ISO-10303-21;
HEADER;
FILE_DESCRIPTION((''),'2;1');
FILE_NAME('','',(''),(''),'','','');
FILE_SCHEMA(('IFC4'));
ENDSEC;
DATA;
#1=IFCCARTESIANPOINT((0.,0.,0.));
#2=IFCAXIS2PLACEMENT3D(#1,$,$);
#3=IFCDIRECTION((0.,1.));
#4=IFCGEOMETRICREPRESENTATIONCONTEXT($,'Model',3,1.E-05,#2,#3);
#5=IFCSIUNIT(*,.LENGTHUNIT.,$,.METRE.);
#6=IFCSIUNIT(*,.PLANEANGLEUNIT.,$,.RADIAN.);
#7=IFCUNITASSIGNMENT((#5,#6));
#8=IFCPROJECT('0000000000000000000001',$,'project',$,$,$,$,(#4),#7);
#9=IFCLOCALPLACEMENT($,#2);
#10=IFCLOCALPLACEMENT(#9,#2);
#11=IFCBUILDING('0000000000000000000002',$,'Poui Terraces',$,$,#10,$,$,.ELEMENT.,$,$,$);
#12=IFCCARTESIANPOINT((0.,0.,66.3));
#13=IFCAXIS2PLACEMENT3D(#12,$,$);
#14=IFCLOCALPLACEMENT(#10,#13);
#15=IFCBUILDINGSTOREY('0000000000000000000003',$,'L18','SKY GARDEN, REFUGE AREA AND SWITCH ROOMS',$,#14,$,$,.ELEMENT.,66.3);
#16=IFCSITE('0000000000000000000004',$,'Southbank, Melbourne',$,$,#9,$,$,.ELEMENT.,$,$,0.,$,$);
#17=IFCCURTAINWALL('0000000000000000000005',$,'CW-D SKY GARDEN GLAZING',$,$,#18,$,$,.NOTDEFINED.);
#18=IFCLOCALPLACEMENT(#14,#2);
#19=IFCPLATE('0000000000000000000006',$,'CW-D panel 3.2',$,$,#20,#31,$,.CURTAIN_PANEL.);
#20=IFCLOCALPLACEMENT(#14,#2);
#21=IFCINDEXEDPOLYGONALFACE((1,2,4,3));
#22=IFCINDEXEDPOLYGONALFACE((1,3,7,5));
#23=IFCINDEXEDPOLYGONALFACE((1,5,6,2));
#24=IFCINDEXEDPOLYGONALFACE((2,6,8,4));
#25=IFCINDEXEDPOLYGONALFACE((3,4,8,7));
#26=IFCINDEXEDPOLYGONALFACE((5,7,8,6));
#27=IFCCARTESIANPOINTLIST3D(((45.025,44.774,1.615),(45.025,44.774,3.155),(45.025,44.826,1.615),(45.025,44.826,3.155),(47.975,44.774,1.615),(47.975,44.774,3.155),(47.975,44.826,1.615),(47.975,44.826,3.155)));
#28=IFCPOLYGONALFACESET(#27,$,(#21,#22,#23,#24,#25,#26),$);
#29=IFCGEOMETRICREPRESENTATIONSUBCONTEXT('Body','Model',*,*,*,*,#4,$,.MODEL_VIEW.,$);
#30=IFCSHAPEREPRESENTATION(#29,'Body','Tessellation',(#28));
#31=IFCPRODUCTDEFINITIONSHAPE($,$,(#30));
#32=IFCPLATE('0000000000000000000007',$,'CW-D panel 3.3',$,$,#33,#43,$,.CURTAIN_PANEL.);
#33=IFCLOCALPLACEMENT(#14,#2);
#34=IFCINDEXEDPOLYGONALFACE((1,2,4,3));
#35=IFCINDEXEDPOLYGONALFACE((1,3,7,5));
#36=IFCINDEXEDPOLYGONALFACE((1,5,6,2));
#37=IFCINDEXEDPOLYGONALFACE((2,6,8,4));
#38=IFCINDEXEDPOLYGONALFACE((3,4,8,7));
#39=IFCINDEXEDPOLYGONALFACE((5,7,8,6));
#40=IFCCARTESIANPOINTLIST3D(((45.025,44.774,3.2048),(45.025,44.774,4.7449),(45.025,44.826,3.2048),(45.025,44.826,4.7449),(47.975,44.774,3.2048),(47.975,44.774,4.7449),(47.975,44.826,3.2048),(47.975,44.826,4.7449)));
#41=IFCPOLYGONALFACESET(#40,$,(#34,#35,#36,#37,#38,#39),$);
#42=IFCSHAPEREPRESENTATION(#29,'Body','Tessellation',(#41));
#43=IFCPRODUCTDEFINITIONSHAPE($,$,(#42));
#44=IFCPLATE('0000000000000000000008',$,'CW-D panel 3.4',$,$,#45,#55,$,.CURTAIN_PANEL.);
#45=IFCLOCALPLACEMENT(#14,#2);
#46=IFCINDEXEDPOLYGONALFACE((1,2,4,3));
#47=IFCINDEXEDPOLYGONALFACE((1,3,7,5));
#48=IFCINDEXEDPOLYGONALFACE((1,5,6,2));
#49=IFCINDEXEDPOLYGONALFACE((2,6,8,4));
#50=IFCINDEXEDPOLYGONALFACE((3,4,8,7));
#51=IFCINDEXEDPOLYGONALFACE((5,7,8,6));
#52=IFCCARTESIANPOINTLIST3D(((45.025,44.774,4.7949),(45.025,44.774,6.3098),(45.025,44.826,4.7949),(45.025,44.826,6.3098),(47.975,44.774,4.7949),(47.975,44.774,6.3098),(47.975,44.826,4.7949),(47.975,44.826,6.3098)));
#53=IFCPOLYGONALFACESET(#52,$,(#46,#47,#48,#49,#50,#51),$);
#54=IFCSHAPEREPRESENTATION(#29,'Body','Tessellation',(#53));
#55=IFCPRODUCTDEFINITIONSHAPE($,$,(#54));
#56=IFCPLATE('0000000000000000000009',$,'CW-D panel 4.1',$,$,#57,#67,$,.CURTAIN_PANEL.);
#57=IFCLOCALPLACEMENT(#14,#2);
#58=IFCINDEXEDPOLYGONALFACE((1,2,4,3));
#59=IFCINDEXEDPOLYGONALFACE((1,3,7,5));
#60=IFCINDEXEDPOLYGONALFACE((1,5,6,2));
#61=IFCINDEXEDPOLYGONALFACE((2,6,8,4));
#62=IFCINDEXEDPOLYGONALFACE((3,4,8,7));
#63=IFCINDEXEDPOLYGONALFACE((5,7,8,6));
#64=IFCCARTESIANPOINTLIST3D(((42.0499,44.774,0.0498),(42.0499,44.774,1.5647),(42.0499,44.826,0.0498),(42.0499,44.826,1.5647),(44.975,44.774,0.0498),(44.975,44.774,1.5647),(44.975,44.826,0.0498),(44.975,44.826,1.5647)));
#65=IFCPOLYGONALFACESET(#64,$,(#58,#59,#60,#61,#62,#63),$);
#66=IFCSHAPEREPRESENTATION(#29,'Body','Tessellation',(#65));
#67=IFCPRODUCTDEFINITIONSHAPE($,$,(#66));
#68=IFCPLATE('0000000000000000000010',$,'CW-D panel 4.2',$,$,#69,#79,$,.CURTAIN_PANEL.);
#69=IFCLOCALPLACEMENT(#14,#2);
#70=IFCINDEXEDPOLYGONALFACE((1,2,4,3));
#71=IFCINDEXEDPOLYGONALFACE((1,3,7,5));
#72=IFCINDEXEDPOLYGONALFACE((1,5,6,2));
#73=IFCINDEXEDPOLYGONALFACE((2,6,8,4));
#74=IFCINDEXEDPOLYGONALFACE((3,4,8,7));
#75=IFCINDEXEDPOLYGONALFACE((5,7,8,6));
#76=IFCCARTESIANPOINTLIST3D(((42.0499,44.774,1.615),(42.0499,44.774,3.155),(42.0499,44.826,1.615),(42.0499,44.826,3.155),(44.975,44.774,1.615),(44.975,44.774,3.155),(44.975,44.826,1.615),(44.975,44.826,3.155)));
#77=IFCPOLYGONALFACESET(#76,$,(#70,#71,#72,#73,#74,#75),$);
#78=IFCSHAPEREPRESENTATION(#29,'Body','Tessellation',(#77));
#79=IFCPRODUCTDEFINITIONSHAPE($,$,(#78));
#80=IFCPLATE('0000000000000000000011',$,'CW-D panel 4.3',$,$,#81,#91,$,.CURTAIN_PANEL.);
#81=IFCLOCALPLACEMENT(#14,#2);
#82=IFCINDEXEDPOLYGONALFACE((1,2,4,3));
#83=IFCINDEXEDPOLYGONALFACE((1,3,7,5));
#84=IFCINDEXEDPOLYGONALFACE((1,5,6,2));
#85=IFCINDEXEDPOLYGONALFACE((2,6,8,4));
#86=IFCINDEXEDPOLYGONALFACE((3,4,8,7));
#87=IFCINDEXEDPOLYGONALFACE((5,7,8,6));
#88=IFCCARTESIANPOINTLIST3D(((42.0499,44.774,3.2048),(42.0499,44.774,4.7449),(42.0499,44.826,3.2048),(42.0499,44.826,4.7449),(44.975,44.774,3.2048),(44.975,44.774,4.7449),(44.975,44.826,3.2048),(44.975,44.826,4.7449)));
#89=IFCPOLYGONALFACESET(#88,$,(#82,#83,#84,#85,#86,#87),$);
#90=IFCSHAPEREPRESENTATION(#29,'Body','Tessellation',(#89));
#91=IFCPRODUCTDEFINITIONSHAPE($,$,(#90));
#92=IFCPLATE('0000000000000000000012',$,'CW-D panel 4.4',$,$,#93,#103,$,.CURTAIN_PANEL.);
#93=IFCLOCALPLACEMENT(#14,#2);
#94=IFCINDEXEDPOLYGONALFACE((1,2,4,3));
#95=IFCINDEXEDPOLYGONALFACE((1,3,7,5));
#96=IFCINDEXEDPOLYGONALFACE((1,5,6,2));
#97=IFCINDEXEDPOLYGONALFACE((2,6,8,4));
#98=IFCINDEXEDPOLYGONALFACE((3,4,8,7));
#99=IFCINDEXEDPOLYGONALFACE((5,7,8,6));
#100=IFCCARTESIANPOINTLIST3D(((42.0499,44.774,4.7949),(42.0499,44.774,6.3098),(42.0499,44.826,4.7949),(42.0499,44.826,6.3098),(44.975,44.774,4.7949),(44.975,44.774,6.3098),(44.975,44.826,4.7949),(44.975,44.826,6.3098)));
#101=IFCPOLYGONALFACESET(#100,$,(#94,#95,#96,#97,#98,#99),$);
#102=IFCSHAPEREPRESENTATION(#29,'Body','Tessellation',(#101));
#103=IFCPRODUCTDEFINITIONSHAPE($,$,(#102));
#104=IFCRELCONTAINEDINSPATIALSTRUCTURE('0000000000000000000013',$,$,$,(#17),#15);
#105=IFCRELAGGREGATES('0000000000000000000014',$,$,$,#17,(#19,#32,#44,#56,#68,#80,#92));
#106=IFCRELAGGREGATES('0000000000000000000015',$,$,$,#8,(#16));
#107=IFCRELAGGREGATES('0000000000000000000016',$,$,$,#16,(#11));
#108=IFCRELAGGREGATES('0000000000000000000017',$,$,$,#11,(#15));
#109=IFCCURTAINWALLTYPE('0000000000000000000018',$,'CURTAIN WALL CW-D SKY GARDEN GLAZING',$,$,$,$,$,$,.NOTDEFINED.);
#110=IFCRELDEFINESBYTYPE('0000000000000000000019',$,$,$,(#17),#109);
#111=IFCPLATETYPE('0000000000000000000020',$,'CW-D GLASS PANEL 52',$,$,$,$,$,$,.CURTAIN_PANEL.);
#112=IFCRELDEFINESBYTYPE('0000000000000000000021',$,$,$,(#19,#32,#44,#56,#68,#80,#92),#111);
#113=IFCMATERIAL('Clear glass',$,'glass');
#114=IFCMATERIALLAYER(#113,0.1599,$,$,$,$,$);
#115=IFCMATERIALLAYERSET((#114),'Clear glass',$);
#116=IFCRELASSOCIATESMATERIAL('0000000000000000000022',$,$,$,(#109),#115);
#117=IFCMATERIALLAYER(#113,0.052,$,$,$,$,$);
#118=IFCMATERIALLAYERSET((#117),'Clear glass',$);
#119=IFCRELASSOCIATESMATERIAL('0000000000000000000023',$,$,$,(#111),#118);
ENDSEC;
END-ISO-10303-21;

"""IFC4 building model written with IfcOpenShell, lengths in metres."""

from ifc_helpers import new_model, si_unit, direction, frame, origin, origin_2d, place, context, subcontext, project, spatial, rectangle, extrude, material, layer, layer_set, type_object, element, aggregate, save


model = new_model("IFC4")

# Units and contexts
model_context = context("Model", 3, precision=1e-05, world=origin(), true_north=direction((0.0, 1.0)))
body_context = subcontext(model_context, "Body", "Model", "MODEL_VIEW")
ifc_project = project(units=[si_unit("LENGTHUNIT", "METRE"), si_unit("PLANEANGLEUNIT", "RADIAN")], contexts=[model_context])

# Site, building, storey
site_placement = place(None, origin())
site = spatial("IfcSite", under=ifc_project, at=site_placement, Name="Southbank, Melbourne", CompositionType="ELEMENT", RefElevation=0.0)
building_placement = place(site_placement, origin())
building = spatial("IfcBuilding", under=site, at=building_placement, Name="Poui Terraces", CompositionType="ELEMENT")
storey_placement = place(building_placement, frame((0.0, 0.0, 66.3)))
storey = spatial("IfcBuildingStorey", under=building, at=storey_placement, Name="L18", Description="SKY GARDEN, REFUGE AREA AND SWITCH ROOMS", CompositionType="ELEMENT", Elevation=66.3)

# Curtain wall
ifc_material_1 = material(Name="Clear glass", Category="glass")
ifc_layer_1 = layer(ifc_material_1, 0.1599)
ifc_layer_set_1 = layer_set([ifc_layer_1], Name="Clear glass")
curtain_wall_type = type_object("IfcCurtainWallType", Name="CURTAIN WALL CW-D SKY GARDEN GLAZING", PredefinedType="NOTDEFINED", material=ifc_layer_set_1)
curtain_wall_1_placement = place(storey_placement, origin())
curtain_wall_1 = element("IfcCurtainWall", 1, at=curtain_wall_1_placement, inside=storey, type_object=curtain_wall_type, Name="CW-D SKY GARDEN GLAZING", PredefinedType="NOTDEFINED")

# Plates
ifc_layer_2 = layer(ifc_material_1, 0.052)
ifc_layer_set_2 = layer_set([ifc_layer_2], Name="Clear glass")
plate_type = type_object("IfcPlateType", Name="CW-D GLASS PANEL 52", PredefinedType="CURTAIN_PANEL", material=ifc_layer_set_2)
plate_1_placement = place(storey_placement, frame((46.5, 44.8, 1.615), z_axis=(0.0, 0.0, 1.0), x_axis=(-1.0, 0.0, 0.0)))
plate_1 = element("IfcPlate", 2, at=plate_1_placement, type_object=plate_type, Name="CW-D panel 3.2", PredefinedType="CURTAIN_PANEL", context=body_context, shape_type="SweptSolid", body=[
    extrude(rectangle(XDim=2.95, YDim=0.052, at=origin_2d()), origin(), (0.0, 0.0, 1.0), 1.54),
])
plate_2_placement = place(storey_placement, frame((46.5, 44.8, 3.2048), z_axis=(0.0, 0.0, 1.0), x_axis=(-1.0, 0.0, 0.0)))
plate_2 = element("IfcPlate", 3, at=plate_2_placement, type_object=plate_type, Name="CW-D panel 3.3", PredefinedType="CURTAIN_PANEL", context=body_context, shape_type="SweptSolid", body=[
    extrude(rectangle(XDim=2.95, YDim=0.052, at=origin_2d()), origin(), (0.0, 0.0, 1.0), 1.54),
])
plate_3_placement = place(storey_placement, frame((46.5, 44.8, 4.7949), z_axis=(0.0, 0.0, 1.0), x_axis=(-1.0, 0.0, 0.0)))
plate_3 = element("IfcPlate", 4, at=plate_3_placement, type_object=plate_type, Name="CW-D panel 3.4", PredefinedType="CURTAIN_PANEL", context=body_context, shape_type="SweptSolid", body=[
    extrude(rectangle(XDim=2.95, YDim=0.052, at=origin_2d()), origin(), (0.0, 0.0, 1.0), 1.5149),
])
plate_4_placement = place(storey_placement, frame((43.5125, 44.8, 0.0498), z_axis=(0.0, 0.0, 1.0), x_axis=(-1.0, 0.0, 0.0)))
plate_4 = element("IfcPlate", 5, at=plate_4_placement, type_object=plate_type, Name="CW-D panel 4.1", PredefinedType="CURTAIN_PANEL", context=body_context, shape_type="SweptSolid", body=[
    extrude(rectangle(XDim=2.925, YDim=0.052, at=origin_2d()), origin(), (0.0, 0.0, 1.0), 1.5149),
])
plate_5_placement = place(storey_placement, frame((43.5125, 44.8, 1.615), z_axis=(0.0, 0.0, 1.0), x_axis=(-1.0, 0.0, 0.0)))
plate_5 = element("IfcPlate", 6, at=plate_5_placement, type_object=plate_type, Name="CW-D panel 4.2", PredefinedType="CURTAIN_PANEL", context=body_context, shape_type="SweptSolid", body=[
    extrude(rectangle(XDim=2.925, YDim=0.052, at=origin_2d()), origin(), (0.0, 0.0, 1.0), 1.54),
])
plate_6_placement = place(storey_placement, frame((43.5125, 44.8, 3.2048), z_axis=(0.0, 0.0, 1.0), x_axis=(-1.0, 0.0, 0.0)))
plate_6 = element("IfcPlate", 7, at=plate_6_placement, type_object=plate_type, Name="CW-D panel 4.3", PredefinedType="CURTAIN_PANEL", context=body_context, shape_type="SweptSolid", body=[
    extrude(rectangle(XDim=2.925, YDim=0.052, at=origin_2d()), origin(), (0.0, 0.0, 1.0), 1.54),
])
plate_7_placement = place(storey_placement, frame((43.5125, 44.8, 4.7949), z_axis=(0.0, 0.0, 1.0), x_axis=(-1.0, 0.0, 0.0)))
plate_7 = element("IfcPlate", 8, at=plate_7_placement, type_object=plate_type, Name="CW-D panel 4.4", PredefinedType="CURTAIN_PANEL", context=body_context, shape_type="SweptSolid", body=[
    extrude(rectangle(XDim=2.925, YDim=0.052, at=origin_2d()), origin(), (0.0, 0.0, 1.0), 1.5149),
])
aggregate(curtain_wall_1, [plate_1, plate_2, plate_3, plate_4, plate_5, plate_6, plate_7])

save(model, "model.ifc")
